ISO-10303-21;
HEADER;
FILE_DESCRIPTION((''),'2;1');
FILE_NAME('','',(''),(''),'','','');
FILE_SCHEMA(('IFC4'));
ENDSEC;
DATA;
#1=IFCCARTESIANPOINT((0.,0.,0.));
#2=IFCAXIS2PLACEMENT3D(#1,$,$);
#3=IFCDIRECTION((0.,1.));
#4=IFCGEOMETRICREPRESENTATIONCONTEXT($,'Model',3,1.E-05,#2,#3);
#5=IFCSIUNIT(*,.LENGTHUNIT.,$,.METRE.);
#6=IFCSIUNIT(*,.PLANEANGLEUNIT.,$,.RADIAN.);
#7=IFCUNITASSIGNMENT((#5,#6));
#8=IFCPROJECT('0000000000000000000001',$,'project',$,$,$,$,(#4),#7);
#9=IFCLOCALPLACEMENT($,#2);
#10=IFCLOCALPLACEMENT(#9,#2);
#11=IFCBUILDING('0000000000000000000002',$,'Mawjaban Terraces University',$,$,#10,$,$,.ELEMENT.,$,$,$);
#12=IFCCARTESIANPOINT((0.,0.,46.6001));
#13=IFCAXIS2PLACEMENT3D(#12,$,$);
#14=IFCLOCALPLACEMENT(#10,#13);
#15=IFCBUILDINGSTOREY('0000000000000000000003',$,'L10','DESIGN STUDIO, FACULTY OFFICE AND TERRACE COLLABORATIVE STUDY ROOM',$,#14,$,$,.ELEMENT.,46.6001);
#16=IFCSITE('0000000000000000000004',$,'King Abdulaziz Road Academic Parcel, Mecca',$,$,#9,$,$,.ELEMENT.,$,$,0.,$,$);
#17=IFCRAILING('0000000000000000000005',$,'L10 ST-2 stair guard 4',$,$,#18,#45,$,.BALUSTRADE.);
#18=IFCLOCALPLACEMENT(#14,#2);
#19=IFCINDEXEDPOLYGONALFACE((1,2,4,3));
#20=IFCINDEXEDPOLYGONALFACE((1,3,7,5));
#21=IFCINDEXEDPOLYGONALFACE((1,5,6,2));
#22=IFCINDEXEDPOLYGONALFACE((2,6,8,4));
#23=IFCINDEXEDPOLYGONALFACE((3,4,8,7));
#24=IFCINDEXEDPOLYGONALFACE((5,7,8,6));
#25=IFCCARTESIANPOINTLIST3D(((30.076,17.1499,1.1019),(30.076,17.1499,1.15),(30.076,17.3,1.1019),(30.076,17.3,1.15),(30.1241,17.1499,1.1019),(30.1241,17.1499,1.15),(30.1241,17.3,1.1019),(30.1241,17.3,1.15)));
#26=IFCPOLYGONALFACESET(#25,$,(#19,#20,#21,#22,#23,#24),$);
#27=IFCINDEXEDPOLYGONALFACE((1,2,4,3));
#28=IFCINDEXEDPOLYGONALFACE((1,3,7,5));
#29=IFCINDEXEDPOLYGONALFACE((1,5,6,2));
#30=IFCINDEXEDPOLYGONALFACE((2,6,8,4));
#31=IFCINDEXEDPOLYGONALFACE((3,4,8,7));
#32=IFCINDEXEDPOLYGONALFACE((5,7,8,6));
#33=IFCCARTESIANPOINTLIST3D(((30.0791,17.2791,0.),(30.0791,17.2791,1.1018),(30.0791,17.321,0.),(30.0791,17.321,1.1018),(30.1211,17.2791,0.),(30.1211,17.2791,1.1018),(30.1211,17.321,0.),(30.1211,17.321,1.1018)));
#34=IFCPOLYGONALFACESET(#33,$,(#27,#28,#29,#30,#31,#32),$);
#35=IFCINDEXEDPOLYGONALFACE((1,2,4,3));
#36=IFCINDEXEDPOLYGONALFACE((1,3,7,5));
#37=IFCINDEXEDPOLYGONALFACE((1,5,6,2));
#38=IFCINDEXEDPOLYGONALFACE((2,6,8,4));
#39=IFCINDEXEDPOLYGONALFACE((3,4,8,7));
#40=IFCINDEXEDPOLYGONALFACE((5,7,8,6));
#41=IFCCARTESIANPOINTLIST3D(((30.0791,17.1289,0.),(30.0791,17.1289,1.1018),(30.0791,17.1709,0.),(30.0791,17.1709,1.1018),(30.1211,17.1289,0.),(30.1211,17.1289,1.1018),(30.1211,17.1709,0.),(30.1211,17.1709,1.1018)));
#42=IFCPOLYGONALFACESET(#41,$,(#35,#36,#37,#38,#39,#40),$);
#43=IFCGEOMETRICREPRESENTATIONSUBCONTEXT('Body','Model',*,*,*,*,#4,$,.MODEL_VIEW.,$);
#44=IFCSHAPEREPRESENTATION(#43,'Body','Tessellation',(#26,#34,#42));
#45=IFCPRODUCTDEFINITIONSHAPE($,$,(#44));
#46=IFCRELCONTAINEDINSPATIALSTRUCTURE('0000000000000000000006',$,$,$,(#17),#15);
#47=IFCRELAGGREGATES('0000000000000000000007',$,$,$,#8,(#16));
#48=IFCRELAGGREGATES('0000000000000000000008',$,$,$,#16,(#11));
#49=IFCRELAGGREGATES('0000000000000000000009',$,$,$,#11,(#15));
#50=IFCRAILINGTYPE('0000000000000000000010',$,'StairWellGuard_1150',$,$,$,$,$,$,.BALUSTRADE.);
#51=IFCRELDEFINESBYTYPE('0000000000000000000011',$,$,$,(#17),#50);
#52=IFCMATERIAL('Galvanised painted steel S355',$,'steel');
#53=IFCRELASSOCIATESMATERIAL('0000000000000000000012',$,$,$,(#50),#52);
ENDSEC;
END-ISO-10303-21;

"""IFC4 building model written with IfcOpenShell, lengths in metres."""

from ifc_helpers import new_model, si_unit, direction, frame, origin, origin_2d, place, context, subcontext, project, spatial, rectangle, extrude, material, type_object, element, save


model = new_model("IFC4")

# Units and contexts
model_context = context("Model", 3, precision=1e-05, world=origin(), true_north=direction((0.0, 1.0)))
body_context = subcontext(model_context, "Body", "Model", "MODEL_VIEW")
ifc_project = project(units=[si_unit("LENGTHUNIT", "METRE"), si_unit("PLANEANGLEUNIT", "RADIAN")], contexts=[model_context])

# Site, building, storey
site_placement = place(None, origin())
site = spatial("IfcSite", under=ifc_project, at=site_placement, Name="King Abdulaziz Road Academic Parcel, Mecca", CompositionType="ELEMENT", RefElevation=0.0)
building_placement = place(site_placement, origin())
building = spatial("IfcBuilding", under=site, at=building_placement, Name="Mawjaban Terraces University", CompositionType="ELEMENT")
storey_placement = place(building_placement, frame((0.0, 0.0, 46.6001)))
storey = spatial("IfcBuildingStorey", under=building, at=storey_placement, Name="L10", Description="DESIGN STUDIO, FACULTY OFFICE AND TERRACE COLLABORATIVE STUDY ROOM", CompositionType="ELEMENT", Elevation=46.6001)

# Railing
ifc_material_1 = material(Name="Galvanised painted steel S355", Category="steel")
railing_type_1 = type_object("IfcRailingType", Name="StairWellGuard_1150", PredefinedType="BALUSTRADE", material=ifc_material_1)
railing_1_placement = place(storey_placement, frame((30.1001, 17.3, 0.0)))
element("IfcRailing", 1, at=railing_1_placement, inside=storey, type_object=railing_type_1, Name="L10 ST-2 stair guard 4", PredefinedType="BALUSTRADE", context=body_context, shape_type="SweptSolid", body=[
    extrude(rectangle(XDim=0.0481, YDim=0.0481, at=origin_2d()), frame((0.0, 0.0, 1.126), z_axis=(0.0, -1.0, 0.0), x_axis=(1.0, 0.0, 0.0)), (0.0, 0.0, 1.0), 0.1501),
    extrude(rectangle(XDim=0.042, YDim=0.042, at=origin_2d()), origin(), (0.0, 0.0, 1.0), 1.1018),
    extrude(rectangle(XDim=0.042, YDim=0.042, at=origin_2d()), frame((0.0, -0.1501, 0.0)), (0.0, 0.0, 1.0), 1.1018),
])

save(model, "model.ifc")
